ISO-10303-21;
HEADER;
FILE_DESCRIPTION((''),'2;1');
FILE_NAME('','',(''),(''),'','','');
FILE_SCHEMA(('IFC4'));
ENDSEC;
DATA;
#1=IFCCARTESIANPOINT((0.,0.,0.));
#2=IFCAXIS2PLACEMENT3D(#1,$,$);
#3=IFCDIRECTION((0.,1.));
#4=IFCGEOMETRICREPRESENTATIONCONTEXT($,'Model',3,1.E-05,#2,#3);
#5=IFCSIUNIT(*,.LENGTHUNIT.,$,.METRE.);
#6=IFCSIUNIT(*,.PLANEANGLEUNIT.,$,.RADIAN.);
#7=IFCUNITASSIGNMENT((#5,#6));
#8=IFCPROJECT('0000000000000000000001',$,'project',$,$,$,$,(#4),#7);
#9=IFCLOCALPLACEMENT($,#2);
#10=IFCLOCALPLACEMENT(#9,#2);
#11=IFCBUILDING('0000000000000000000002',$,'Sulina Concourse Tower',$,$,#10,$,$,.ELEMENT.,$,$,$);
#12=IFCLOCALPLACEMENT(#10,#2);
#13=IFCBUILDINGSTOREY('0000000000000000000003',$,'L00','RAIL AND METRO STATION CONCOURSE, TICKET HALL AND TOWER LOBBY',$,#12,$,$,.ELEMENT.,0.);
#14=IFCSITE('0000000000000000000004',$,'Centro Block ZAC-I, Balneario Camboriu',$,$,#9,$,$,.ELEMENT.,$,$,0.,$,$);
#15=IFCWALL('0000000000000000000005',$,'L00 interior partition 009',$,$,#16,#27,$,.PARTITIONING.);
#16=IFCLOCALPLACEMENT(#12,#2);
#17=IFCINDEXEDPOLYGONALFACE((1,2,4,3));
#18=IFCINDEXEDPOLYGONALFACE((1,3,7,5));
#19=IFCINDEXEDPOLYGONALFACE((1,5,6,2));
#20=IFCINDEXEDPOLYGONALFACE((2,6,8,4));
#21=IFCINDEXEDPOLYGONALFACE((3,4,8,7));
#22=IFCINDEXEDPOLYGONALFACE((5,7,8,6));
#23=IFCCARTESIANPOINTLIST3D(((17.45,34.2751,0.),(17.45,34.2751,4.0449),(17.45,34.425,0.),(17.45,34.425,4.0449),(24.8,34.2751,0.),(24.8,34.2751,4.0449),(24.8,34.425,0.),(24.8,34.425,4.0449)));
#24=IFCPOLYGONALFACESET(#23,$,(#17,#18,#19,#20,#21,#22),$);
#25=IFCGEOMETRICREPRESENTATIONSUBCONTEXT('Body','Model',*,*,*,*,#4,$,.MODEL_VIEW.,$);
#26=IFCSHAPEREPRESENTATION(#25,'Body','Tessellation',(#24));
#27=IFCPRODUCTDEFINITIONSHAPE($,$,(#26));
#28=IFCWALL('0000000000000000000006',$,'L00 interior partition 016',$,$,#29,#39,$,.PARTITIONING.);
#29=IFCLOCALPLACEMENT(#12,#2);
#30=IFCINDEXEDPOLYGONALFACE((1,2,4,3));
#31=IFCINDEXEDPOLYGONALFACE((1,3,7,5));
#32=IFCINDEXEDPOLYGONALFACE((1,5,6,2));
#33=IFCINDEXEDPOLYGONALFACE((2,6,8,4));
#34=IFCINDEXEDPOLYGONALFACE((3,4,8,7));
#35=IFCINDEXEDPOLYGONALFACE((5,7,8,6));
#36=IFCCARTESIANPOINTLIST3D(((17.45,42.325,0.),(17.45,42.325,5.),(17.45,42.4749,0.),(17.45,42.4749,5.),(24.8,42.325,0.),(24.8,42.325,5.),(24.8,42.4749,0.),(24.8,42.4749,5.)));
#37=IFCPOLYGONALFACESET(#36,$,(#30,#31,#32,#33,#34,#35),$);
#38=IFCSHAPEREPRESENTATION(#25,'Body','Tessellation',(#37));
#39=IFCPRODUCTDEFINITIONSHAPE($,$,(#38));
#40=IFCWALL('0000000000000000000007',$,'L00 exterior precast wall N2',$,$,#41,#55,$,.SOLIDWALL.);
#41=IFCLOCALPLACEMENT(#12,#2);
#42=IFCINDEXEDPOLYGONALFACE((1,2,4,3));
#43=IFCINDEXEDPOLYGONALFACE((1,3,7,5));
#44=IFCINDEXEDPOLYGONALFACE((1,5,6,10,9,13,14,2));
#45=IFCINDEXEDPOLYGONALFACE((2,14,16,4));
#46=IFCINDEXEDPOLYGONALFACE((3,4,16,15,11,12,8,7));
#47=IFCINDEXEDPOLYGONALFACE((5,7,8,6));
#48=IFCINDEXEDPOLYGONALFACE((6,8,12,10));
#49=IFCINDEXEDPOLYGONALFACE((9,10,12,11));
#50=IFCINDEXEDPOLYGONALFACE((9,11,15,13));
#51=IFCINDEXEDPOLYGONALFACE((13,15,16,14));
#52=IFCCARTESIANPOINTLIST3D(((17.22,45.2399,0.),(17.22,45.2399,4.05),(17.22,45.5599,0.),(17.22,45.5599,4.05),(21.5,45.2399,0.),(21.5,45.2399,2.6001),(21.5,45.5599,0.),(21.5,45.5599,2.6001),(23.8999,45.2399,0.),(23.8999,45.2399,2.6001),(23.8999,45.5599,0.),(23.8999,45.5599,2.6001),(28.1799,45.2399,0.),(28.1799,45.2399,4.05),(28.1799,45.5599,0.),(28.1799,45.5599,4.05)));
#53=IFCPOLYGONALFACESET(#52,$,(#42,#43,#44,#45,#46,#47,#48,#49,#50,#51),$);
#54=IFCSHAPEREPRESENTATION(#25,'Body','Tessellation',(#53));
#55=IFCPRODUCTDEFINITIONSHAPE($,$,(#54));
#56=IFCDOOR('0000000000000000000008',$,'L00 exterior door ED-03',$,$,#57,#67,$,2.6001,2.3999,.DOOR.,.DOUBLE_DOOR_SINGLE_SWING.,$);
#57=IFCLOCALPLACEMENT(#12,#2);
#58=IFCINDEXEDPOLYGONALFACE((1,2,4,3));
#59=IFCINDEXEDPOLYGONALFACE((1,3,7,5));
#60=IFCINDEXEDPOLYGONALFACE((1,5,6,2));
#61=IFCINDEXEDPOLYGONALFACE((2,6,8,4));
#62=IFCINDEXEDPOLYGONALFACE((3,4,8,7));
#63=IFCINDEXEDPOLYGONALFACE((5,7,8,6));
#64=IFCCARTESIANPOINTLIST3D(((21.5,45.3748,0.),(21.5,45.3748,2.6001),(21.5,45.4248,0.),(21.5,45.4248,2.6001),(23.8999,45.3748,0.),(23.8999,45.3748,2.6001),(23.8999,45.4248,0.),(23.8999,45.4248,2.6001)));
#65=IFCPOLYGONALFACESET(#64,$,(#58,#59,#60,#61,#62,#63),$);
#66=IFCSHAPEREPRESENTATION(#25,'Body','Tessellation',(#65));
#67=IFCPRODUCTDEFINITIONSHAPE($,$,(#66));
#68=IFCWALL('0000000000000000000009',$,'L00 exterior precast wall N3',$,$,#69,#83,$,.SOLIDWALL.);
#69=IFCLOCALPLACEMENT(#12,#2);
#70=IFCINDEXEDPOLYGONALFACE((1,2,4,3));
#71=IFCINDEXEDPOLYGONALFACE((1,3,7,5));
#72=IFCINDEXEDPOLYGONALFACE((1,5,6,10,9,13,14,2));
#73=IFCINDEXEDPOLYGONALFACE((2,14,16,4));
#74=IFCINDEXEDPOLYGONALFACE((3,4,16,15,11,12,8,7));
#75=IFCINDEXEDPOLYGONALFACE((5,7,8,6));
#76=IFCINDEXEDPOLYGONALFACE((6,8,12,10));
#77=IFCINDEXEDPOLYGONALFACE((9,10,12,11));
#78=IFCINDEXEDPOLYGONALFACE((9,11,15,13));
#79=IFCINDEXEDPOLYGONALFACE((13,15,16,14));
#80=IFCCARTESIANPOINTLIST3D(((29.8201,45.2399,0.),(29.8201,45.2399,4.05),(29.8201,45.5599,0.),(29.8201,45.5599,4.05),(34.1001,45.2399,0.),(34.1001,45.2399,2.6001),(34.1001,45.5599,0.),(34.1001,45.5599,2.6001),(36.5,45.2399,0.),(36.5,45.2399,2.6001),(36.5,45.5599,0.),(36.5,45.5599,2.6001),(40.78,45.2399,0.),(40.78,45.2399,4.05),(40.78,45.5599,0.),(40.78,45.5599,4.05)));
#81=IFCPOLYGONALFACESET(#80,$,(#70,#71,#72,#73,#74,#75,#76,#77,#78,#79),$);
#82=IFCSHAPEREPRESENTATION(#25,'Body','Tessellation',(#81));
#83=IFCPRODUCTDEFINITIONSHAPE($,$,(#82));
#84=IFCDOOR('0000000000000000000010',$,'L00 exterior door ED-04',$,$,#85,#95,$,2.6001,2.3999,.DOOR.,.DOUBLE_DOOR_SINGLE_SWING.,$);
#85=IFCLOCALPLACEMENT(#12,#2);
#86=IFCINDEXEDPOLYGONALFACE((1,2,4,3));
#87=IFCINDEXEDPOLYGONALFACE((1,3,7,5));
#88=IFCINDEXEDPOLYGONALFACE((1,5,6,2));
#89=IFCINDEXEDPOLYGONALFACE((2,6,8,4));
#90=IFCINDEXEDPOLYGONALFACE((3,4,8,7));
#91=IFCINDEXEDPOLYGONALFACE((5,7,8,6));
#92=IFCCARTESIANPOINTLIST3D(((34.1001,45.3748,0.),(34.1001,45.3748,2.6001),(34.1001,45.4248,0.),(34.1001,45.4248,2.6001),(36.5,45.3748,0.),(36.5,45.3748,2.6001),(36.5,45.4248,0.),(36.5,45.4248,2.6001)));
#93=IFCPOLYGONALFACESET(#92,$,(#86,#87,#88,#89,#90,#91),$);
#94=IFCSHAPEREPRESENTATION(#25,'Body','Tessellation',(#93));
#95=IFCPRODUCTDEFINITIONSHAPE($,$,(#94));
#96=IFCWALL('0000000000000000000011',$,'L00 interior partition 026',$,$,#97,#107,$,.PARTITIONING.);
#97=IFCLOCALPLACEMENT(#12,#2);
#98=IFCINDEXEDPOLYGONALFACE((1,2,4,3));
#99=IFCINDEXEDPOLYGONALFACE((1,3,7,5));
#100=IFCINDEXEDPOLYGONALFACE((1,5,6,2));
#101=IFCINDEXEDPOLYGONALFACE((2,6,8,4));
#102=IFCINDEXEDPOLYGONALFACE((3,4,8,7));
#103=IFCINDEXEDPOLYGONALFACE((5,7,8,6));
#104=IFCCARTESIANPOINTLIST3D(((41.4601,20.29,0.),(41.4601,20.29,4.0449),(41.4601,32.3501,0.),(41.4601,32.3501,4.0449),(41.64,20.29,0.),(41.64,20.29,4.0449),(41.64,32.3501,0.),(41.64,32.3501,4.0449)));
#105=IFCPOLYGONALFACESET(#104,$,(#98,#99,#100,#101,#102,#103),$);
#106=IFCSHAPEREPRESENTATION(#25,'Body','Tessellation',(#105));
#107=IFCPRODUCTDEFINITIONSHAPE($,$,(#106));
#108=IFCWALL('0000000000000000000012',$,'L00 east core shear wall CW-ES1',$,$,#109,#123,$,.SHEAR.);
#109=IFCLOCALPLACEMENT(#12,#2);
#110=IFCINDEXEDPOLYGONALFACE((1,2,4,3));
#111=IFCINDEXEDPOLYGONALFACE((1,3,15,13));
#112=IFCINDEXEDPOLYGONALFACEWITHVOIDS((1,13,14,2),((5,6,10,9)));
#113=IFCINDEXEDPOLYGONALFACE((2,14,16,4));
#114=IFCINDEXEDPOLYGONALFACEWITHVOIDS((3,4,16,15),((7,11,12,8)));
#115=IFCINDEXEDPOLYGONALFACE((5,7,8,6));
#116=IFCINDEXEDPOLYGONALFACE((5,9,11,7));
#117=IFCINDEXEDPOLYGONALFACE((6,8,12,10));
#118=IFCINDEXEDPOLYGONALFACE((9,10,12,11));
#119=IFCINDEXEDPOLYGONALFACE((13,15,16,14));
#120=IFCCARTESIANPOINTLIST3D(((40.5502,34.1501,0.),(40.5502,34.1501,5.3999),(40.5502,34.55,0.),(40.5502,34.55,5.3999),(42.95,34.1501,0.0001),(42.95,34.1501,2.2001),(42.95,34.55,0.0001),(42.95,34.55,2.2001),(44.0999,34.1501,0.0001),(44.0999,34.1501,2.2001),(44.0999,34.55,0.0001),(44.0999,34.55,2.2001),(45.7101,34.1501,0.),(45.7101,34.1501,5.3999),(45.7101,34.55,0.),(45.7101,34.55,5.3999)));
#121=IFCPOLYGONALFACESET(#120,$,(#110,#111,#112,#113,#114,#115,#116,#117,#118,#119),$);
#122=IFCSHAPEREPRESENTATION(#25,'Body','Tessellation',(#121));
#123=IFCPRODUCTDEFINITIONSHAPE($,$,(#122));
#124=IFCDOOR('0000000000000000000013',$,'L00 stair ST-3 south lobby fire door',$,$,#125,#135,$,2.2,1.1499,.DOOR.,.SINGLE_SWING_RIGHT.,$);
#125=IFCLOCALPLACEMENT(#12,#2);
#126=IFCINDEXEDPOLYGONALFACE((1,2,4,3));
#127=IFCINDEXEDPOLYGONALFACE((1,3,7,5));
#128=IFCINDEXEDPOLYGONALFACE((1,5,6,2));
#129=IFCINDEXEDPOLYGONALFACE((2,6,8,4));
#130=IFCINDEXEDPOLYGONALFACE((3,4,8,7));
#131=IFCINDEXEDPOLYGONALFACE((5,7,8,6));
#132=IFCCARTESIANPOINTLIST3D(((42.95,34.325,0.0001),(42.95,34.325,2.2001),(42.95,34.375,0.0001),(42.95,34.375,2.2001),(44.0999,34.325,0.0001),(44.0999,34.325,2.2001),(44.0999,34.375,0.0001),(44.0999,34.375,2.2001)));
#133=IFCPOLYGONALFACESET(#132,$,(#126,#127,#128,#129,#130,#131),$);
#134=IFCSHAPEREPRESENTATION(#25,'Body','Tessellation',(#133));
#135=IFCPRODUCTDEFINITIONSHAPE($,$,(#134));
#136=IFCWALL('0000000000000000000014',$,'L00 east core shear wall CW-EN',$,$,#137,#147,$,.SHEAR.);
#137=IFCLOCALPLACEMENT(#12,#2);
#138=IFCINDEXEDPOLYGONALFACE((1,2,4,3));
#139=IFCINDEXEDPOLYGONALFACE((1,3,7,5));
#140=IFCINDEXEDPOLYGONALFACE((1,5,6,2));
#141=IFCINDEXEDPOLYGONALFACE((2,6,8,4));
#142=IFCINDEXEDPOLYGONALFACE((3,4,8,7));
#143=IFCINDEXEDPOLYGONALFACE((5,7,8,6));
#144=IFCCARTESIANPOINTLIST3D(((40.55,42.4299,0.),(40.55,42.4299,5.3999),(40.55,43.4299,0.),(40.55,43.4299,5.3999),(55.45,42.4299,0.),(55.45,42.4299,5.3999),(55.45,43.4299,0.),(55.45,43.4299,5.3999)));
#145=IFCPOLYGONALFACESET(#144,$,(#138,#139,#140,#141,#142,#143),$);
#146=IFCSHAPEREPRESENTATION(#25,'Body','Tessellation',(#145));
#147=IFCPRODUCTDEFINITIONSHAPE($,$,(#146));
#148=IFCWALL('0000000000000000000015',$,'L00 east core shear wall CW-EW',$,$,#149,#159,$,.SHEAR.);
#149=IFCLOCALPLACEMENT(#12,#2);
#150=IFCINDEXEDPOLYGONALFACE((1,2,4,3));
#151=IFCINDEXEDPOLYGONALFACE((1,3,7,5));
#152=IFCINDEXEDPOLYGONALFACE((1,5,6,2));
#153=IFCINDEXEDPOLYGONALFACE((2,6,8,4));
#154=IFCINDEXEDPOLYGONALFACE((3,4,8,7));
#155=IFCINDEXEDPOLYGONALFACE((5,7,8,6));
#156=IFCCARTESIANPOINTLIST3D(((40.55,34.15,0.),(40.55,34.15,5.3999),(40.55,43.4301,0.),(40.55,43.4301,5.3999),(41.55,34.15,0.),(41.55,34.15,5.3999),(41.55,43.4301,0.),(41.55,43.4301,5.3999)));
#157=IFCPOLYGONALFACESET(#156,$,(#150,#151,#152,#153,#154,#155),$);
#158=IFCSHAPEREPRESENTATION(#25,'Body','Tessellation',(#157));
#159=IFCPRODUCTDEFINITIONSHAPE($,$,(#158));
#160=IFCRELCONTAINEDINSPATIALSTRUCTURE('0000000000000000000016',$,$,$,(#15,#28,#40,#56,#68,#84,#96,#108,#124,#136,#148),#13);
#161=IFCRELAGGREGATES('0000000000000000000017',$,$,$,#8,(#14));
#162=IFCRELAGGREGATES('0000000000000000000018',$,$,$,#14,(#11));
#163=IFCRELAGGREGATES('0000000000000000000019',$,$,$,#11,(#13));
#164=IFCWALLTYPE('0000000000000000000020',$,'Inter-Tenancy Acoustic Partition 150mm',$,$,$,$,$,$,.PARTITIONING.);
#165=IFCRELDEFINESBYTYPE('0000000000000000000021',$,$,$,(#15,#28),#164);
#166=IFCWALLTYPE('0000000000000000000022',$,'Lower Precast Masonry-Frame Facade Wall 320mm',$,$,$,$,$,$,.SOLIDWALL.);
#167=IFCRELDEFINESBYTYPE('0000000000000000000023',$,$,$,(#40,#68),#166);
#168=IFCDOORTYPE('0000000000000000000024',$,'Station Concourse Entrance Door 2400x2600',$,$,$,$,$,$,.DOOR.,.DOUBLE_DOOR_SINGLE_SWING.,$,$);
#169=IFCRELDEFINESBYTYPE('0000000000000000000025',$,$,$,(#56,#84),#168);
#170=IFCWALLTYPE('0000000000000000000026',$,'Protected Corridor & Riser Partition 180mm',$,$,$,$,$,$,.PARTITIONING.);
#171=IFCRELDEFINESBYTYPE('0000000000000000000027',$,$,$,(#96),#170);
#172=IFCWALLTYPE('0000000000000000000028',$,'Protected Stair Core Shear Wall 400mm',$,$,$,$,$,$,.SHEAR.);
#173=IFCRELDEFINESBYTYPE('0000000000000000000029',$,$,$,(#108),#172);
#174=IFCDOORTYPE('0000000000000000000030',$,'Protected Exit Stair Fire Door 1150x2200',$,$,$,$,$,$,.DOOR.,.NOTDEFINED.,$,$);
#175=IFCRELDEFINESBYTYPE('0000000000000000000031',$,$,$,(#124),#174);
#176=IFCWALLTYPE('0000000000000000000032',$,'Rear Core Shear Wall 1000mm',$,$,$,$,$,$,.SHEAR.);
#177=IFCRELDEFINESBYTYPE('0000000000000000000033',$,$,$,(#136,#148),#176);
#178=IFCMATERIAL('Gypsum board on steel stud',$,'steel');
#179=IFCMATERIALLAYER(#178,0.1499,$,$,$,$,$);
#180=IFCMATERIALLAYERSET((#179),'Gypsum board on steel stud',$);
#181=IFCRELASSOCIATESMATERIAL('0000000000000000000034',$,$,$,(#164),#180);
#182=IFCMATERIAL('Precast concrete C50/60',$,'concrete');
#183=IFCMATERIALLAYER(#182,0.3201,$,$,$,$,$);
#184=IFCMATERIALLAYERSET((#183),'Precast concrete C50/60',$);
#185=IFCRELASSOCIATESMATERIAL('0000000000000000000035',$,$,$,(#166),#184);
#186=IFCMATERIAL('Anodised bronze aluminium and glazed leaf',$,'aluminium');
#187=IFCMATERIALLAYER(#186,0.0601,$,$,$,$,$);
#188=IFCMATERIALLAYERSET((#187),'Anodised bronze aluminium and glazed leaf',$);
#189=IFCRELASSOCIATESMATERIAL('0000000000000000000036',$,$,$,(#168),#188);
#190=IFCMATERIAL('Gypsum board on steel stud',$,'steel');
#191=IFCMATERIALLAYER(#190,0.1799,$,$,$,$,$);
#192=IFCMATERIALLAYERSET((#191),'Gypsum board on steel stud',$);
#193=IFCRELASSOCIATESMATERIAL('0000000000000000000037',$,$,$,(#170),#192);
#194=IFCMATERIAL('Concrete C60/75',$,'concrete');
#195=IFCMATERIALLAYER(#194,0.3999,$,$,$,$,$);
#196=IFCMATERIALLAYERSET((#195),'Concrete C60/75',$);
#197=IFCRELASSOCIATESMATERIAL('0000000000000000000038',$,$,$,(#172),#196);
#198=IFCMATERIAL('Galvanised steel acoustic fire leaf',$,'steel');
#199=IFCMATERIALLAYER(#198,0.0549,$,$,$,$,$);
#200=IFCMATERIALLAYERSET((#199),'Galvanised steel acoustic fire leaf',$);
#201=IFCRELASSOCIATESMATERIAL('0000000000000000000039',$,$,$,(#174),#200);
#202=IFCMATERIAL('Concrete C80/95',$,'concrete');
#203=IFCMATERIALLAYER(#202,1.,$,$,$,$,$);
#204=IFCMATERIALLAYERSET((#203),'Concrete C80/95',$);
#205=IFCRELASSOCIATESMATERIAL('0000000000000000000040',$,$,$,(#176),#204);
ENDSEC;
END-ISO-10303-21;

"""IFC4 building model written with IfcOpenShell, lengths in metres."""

from ifc_helpers import new_model, si_unit, direction, frame, frame_2d, origin, place, context, subcontext, project, spatial, rectangle, extrude, material, layer, layer_set, type_object, element, fill, save


model = new_model("IFC4")

# Units and contexts
model_context = context("Model", 3, precision=1e-05, world=origin(), true_north=direction((0.0, 1.0)))
body_context = subcontext(model_context, "Body", "Model", "MODEL_VIEW")
ifc_project = project(units=[si_unit("LENGTHUNIT", "METRE"), si_unit("PLANEANGLEUNIT", "RADIAN")], contexts=[model_context])

# Site, building, storey
site_placement = place(None, origin())
site = spatial("IfcSite", under=ifc_project, at=site_placement, Name="Centro Block ZAC-I, Balneario Camboriu", CompositionType="ELEMENT", RefElevation=0.0)
building_placement = place(site_placement, origin())
building = spatial("IfcBuilding", under=site, at=building_placement, Name="Sulina Concourse Tower", CompositionType="ELEMENT")
storey_placement = place(building_placement, origin())
storey = spatial("IfcBuildingStorey", under=building, at=storey_placement, Name="L00", Description="RAIL AND METRO STATION CONCOURSE, TICKET HALL AND TOWER LOBBY", CompositionType="ELEMENT", Elevation=0.0)

# Walls
ifc_material_1 = material(Name="Gypsum board on steel stud", Category="steel")
ifc_layer_1 = layer(ifc_material_1, 0.1499)
ifc_layer_set_1 = layer_set([ifc_layer_1], Name="Gypsum board on steel stud")
wall_type_1 = type_object("IfcWallType", Name="Inter-Tenancy Acoustic Partition 150mm", PredefinedType="PARTITIONING", material=ifc_layer_set_1)
wall_1_placement = place(storey_placement, frame((17.45, 34.3501, 0.0), z_axis=(0.0, 0.0, 1.0), x_axis=(1.0, 0.0, 0.0)))
element("IfcWall", 1, at=wall_1_placement, inside=storey, type_object=wall_type_1, Name="L00 interior partition 009", PredefinedType="PARTITIONING", context=body_context, shape_type="SweptSolid", body=[
    extrude(rectangle(XDim=7.3501, YDim=0.1499, at=frame_2d((3.675, 0.0))), origin(), (0.0, 0.0, 1.0), 4.0449),
])
wall_2_placement = place(storey_placement, frame((17.45, 42.3999, 0.0), z_axis=(0.0, 0.0, 1.0), x_axis=(1.0, 0.0, 0.0)))
element("IfcWall", 2, at=wall_2_placement, inside=storey, type_object=wall_type_1, Name="L00 interior partition 016", PredefinedType="PARTITIONING", context=body_context, shape_type="SweptSolid", body=[
    extrude(rectangle(XDim=7.3501, YDim=0.1499, at=frame_2d((3.675, 0.0))), origin(), (0.0, 0.0, 1.0), 5.0),
])

# Walls, openings, doors
ifc_material_2 = material(Name="Precast concrete C50/60", Category="concrete")
ifc_layer_2 = layer(ifc_material_2, 0.3201)
ifc_layer_set_2 = layer_set([ifc_layer_2], Name="Precast concrete C50/60")
wall_type_2 = type_object("IfcWallType", Name="Lower Precast Masonry-Frame Facade Wall 320mm", PredefinedType="SOLIDWALL", material=ifc_layer_set_2)
wall_3_placement = place(storey_placement, frame((17.22, 45.3999, 0.0), z_axis=(0.0, 0.0, 1.0), x_axis=(1.0, 0.0, 0.0)))
wall_3 = element("IfcWall", 3, at=wall_3_placement, inside=storey, type_object=wall_type_2, Name="L00 exterior precast wall N2", PredefinedType="SOLIDWALL", context=body_context, shape_type="SweptSolid", body=[
    extrude(rectangle(XDim=10.96, YDim=0.3201, at=frame_2d((5.48, 0.0))), origin(), (0.0, 0.0, 1.0), 4.05),
])
opening_1_placement = place(wall_3_placement, frame((4.28, 0.0, 0.0)))
opening_1 = element("IfcOpeningElement", 4, at=opening_1_placement, cuts=wall_3, PredefinedType="OPENING", context=body_context, shape_type="SweptSolid", body=[
    extrude(rectangle(XDim=2.3999, YDim=2.6001, at=frame_2d((1.2, 1.3))), frame((0.0, 0.1699, 0.0), z_axis=(0.0, -1.0, 0.0), x_axis=(1.0, 0.0, 0.0)), (0.0, 0.0, 1.0), 0.3401),
])
ifc_material_3 = material(Name="Anodised bronze aluminium and glazed leaf", Category="aluminium")
ifc_layer_3 = layer(ifc_material_3, 0.0601)
ifc_layer_set_3 = layer_set([ifc_layer_3], Name="Anodised bronze aluminium and glazed leaf")
door_type_1 = type_object("IfcDoorType", Name="Station Concourse Entrance Door 2400x2600", OperationType="DOUBLE_DOOR_SINGLE_SWING", PredefinedType="DOOR", material=ifc_layer_set_3)
door_1_placement = place(opening_1_placement, origin())
door_1 = element("IfcDoor", 5, at=door_1_placement, inside=storey, type_object=door_type_1, Name="L00 exterior door ED-03", OperationType="DOUBLE_DOOR_SINGLE_SWING", OverallHeight=2.6001, OverallWidth=2.3999, PredefinedType="DOOR", context=body_context, shape_type="SweptSolid", body=[
    extrude(rectangle(XDim=2.3999, YDim=2.6001, at=frame_2d((1.2, 1.3))), frame((0.0, 0.0249, 0.0), z_axis=(0.0, -1.0, 0.0), x_axis=(1.0, 0.0, 0.0)), (0.0, 0.0, 1.0), 0.05),
])
fill(opening_1, door_1)
wall_4_placement = place(storey_placement, frame((29.8201, 45.3999, 0.0), z_axis=(0.0, 0.0, 1.0), x_axis=(1.0, 0.0, 0.0)))
wall_4 = element("IfcWall", 6, at=wall_4_placement, inside=storey, type_object=wall_type_2, Name="L00 exterior precast wall N3", PredefinedType="SOLIDWALL", context=body_context, shape_type="SweptSolid", body=[
    extrude(rectangle(XDim=10.96, YDim=0.3201, at=frame_2d((5.48, 0.0))), origin(), (0.0, 0.0, 1.0), 4.05),
])
opening_2_placement = place(wall_4_placement, frame((4.28, 0.0, 0.0)))
opening_2 = element("IfcOpeningElement", 7, at=opening_2_placement, cuts=wall_4, PredefinedType="OPENING", context=body_context, shape_type="SweptSolid", body=[
    extrude(rectangle(XDim=2.3999, YDim=2.6001, at=frame_2d((1.2, 1.3))), frame((0.0, 0.1699, 0.0), z_axis=(0.0, -1.0, 0.0), x_axis=(1.0, 0.0, 0.0)), (0.0, 0.0, 1.0), 0.3401),
])
door_2_placement = place(opening_2_placement, origin())
door_2 = element("IfcDoor", 8, at=door_2_placement, inside=storey, type_object=door_type_1, Name="L00 exterior door ED-04", OperationType="DOUBLE_DOOR_SINGLE_SWING", OverallHeight=2.6001, OverallWidth=2.3999, PredefinedType="DOOR", context=body_context, shape_type="SweptSolid", body=[
    extrude(rectangle(XDim=2.3999, YDim=2.6001, at=frame_2d((1.2, 1.3))), frame((0.0, 0.0249, 0.0), z_axis=(0.0, -1.0, 0.0), x_axis=(1.0, 0.0, 0.0)), (0.0, 0.0, 1.0), 0.05),
])
fill(opening_2, door_2)

# Wall
ifc_material_4 = material(Name="Gypsum board on steel stud", Category="steel")
ifc_layer_4 = layer(ifc_material_4, 0.1799)
ifc_layer_set_4 = layer_set([ifc_layer_4], Name="Gypsum board on steel stud")
wall_type_3 = type_object("IfcWallType", Name="Protected Corridor & Riser Partition 180mm", PredefinedType="PARTITIONING", material=ifc_layer_set_4)
wall_5_placement = place(storey_placement, frame((41.55, 20.29, 0.0), z_axis=(0.0, 0.0, 1.0), x_axis=(0.0, 1.0, 0.0)))
element("IfcWall", 9, at=wall_5_placement, inside=storey, type_object=wall_type_3, Name="L00 interior partition 026", PredefinedType="PARTITIONING", context=body_context, shape_type="SweptSolid", body=[
    extrude(rectangle(XDim=12.0601, YDim=0.1799, at=frame_2d((6.03, 0.0))), origin(), (0.0, 0.0, 1.0), 4.0449),
])

# Wall, opening, door
ifc_material_5 = material(Name="Concrete C60/75", Category="concrete")
ifc_layer_5 = layer(ifc_material_5, 0.3999)
ifc_layer_set_5 = layer_set([ifc_layer_5], Name="Concrete C60/75")
wall_type_4 = type_object("IfcWallType", Name="Protected Stair Core Shear Wall 400mm", PredefinedType="SHEAR", material=ifc_layer_set_5)
wall_6_placement = place(storey_placement, frame((40.55, 34.3501, 0.0), z_axis=(0.0, 0.0, 1.0), x_axis=(1.0, 0.0, 0.0)))
wall_6 = element("IfcWall", 10, at=wall_6_placement, inside=storey, type_object=wall_type_4, Name="L00 east core shear wall CW-ES1", PredefinedType="SHEAR", context=body_context, shape_type="SweptSolid", body=[
    extrude(rectangle(XDim=5.1599, YDim=0.3999, at=frame_2d((2.5801, 0.0))), origin(), (0.0, 0.0, 1.0), 5.3999),
])
opening_3_placement = place(wall_6_placement, frame((2.3999, 0.0, 0.0)))
opening_3 = element("IfcOpeningElement", 11, at=opening_3_placement, cuts=wall_6, PredefinedType="OPENING", context=body_context, shape_type="SweptSolid", body=[
    extrude(rectangle(XDim=1.1499, YDim=2.2, at=frame_2d((0.575, 1.1001))), frame((0.0, 0.21, 0.0), z_axis=(0.0, -1.0, 0.0), x_axis=(1.0, 0.0, 0.0)), (0.0, 0.0, 1.0), 0.4199),
])
ifc_material_6 = material(Name="Galvanised steel acoustic fire leaf", Category="steel")
ifc_layer_6 = layer(ifc_material_6, 0.0549)
ifc_layer_set_6 = layer_set([ifc_layer_6], Name="Galvanised steel acoustic fire leaf")
door_type_2 = type_object("IfcDoorType", Name="Protected Exit Stair Fire Door 1150x2200", OperationType="NOTDEFINED", PredefinedType="DOOR", material=ifc_layer_set_6)
door_3_placement = place(opening_3_placement, origin())
door_3 = element("IfcDoor", 12, at=door_3_placement, inside=storey, type_object=door_type_2, Name="L00 stair ST-3 south lobby fire door", OperationType="SINGLE_SWING_RIGHT", OverallHeight=2.2, OverallWidth=1.1499, PredefinedType="DOOR", context=body_context, shape_type="SweptSolid", body=[
    extrude(rectangle(XDim=1.1499, YDim=2.2, at=frame_2d((0.575, 1.1001))), frame((0.0, 0.0249, 0.0), z_axis=(0.0, -1.0, 0.0), x_axis=(1.0, 0.0, 0.0)), (0.0, 0.0, 1.0), 0.05),
])
fill(opening_3, door_3)

# Walls
ifc_material_7 = material(Name="Concrete C80/95", Category="concrete")
ifc_layer_7 = layer(ifc_material_7, 1.0)
ifc_layer_set_7 = layer_set([ifc_layer_7], Name="Concrete C80/95")
wall_type_5 = type_object("IfcWallType", Name="Rear Core Shear Wall 1000mm", PredefinedType="SHEAR", material=ifc_layer_set_7)
wall_7_placement = place(storey_placement, frame((40.55, 42.9299, 0.0), z_axis=(0.0, 0.0, 1.0), x_axis=(1.0, 0.0, 0.0)))
element("IfcWall", 13, at=wall_7_placement, inside=storey, type_object=wall_type_5, Name="L00 east core shear wall CW-EN", PredefinedType="SHEAR", context=body_context, shape_type="SweptSolid", body=[
    extrude(rectangle(XDim=14.8999, YDim=1.0, at=frame_2d((7.45, 0.0))), origin(), (0.0, 0.0, 1.0), 5.3999),
])
wall_8_placement = place(storey_placement, frame((41.05, 34.1499, 0.0), z_axis=(0.0, 0.0, 1.0), x_axis=(0.0, 1.0, 0.0)))
element("IfcWall", 14, at=wall_8_placement, inside=storey, type_object=wall_type_5, Name="L00 east core shear wall CW-EW", PredefinedType="SHEAR", context=body_context, shape_type="SweptSolid", body=[
    extrude(rectangle(XDim=9.28, YDim=1.0, at=frame_2d((4.6401, 0.0))), origin(), (0.0, 0.0, 1.0), 5.3999),
])

save(model, "model.ifc")
